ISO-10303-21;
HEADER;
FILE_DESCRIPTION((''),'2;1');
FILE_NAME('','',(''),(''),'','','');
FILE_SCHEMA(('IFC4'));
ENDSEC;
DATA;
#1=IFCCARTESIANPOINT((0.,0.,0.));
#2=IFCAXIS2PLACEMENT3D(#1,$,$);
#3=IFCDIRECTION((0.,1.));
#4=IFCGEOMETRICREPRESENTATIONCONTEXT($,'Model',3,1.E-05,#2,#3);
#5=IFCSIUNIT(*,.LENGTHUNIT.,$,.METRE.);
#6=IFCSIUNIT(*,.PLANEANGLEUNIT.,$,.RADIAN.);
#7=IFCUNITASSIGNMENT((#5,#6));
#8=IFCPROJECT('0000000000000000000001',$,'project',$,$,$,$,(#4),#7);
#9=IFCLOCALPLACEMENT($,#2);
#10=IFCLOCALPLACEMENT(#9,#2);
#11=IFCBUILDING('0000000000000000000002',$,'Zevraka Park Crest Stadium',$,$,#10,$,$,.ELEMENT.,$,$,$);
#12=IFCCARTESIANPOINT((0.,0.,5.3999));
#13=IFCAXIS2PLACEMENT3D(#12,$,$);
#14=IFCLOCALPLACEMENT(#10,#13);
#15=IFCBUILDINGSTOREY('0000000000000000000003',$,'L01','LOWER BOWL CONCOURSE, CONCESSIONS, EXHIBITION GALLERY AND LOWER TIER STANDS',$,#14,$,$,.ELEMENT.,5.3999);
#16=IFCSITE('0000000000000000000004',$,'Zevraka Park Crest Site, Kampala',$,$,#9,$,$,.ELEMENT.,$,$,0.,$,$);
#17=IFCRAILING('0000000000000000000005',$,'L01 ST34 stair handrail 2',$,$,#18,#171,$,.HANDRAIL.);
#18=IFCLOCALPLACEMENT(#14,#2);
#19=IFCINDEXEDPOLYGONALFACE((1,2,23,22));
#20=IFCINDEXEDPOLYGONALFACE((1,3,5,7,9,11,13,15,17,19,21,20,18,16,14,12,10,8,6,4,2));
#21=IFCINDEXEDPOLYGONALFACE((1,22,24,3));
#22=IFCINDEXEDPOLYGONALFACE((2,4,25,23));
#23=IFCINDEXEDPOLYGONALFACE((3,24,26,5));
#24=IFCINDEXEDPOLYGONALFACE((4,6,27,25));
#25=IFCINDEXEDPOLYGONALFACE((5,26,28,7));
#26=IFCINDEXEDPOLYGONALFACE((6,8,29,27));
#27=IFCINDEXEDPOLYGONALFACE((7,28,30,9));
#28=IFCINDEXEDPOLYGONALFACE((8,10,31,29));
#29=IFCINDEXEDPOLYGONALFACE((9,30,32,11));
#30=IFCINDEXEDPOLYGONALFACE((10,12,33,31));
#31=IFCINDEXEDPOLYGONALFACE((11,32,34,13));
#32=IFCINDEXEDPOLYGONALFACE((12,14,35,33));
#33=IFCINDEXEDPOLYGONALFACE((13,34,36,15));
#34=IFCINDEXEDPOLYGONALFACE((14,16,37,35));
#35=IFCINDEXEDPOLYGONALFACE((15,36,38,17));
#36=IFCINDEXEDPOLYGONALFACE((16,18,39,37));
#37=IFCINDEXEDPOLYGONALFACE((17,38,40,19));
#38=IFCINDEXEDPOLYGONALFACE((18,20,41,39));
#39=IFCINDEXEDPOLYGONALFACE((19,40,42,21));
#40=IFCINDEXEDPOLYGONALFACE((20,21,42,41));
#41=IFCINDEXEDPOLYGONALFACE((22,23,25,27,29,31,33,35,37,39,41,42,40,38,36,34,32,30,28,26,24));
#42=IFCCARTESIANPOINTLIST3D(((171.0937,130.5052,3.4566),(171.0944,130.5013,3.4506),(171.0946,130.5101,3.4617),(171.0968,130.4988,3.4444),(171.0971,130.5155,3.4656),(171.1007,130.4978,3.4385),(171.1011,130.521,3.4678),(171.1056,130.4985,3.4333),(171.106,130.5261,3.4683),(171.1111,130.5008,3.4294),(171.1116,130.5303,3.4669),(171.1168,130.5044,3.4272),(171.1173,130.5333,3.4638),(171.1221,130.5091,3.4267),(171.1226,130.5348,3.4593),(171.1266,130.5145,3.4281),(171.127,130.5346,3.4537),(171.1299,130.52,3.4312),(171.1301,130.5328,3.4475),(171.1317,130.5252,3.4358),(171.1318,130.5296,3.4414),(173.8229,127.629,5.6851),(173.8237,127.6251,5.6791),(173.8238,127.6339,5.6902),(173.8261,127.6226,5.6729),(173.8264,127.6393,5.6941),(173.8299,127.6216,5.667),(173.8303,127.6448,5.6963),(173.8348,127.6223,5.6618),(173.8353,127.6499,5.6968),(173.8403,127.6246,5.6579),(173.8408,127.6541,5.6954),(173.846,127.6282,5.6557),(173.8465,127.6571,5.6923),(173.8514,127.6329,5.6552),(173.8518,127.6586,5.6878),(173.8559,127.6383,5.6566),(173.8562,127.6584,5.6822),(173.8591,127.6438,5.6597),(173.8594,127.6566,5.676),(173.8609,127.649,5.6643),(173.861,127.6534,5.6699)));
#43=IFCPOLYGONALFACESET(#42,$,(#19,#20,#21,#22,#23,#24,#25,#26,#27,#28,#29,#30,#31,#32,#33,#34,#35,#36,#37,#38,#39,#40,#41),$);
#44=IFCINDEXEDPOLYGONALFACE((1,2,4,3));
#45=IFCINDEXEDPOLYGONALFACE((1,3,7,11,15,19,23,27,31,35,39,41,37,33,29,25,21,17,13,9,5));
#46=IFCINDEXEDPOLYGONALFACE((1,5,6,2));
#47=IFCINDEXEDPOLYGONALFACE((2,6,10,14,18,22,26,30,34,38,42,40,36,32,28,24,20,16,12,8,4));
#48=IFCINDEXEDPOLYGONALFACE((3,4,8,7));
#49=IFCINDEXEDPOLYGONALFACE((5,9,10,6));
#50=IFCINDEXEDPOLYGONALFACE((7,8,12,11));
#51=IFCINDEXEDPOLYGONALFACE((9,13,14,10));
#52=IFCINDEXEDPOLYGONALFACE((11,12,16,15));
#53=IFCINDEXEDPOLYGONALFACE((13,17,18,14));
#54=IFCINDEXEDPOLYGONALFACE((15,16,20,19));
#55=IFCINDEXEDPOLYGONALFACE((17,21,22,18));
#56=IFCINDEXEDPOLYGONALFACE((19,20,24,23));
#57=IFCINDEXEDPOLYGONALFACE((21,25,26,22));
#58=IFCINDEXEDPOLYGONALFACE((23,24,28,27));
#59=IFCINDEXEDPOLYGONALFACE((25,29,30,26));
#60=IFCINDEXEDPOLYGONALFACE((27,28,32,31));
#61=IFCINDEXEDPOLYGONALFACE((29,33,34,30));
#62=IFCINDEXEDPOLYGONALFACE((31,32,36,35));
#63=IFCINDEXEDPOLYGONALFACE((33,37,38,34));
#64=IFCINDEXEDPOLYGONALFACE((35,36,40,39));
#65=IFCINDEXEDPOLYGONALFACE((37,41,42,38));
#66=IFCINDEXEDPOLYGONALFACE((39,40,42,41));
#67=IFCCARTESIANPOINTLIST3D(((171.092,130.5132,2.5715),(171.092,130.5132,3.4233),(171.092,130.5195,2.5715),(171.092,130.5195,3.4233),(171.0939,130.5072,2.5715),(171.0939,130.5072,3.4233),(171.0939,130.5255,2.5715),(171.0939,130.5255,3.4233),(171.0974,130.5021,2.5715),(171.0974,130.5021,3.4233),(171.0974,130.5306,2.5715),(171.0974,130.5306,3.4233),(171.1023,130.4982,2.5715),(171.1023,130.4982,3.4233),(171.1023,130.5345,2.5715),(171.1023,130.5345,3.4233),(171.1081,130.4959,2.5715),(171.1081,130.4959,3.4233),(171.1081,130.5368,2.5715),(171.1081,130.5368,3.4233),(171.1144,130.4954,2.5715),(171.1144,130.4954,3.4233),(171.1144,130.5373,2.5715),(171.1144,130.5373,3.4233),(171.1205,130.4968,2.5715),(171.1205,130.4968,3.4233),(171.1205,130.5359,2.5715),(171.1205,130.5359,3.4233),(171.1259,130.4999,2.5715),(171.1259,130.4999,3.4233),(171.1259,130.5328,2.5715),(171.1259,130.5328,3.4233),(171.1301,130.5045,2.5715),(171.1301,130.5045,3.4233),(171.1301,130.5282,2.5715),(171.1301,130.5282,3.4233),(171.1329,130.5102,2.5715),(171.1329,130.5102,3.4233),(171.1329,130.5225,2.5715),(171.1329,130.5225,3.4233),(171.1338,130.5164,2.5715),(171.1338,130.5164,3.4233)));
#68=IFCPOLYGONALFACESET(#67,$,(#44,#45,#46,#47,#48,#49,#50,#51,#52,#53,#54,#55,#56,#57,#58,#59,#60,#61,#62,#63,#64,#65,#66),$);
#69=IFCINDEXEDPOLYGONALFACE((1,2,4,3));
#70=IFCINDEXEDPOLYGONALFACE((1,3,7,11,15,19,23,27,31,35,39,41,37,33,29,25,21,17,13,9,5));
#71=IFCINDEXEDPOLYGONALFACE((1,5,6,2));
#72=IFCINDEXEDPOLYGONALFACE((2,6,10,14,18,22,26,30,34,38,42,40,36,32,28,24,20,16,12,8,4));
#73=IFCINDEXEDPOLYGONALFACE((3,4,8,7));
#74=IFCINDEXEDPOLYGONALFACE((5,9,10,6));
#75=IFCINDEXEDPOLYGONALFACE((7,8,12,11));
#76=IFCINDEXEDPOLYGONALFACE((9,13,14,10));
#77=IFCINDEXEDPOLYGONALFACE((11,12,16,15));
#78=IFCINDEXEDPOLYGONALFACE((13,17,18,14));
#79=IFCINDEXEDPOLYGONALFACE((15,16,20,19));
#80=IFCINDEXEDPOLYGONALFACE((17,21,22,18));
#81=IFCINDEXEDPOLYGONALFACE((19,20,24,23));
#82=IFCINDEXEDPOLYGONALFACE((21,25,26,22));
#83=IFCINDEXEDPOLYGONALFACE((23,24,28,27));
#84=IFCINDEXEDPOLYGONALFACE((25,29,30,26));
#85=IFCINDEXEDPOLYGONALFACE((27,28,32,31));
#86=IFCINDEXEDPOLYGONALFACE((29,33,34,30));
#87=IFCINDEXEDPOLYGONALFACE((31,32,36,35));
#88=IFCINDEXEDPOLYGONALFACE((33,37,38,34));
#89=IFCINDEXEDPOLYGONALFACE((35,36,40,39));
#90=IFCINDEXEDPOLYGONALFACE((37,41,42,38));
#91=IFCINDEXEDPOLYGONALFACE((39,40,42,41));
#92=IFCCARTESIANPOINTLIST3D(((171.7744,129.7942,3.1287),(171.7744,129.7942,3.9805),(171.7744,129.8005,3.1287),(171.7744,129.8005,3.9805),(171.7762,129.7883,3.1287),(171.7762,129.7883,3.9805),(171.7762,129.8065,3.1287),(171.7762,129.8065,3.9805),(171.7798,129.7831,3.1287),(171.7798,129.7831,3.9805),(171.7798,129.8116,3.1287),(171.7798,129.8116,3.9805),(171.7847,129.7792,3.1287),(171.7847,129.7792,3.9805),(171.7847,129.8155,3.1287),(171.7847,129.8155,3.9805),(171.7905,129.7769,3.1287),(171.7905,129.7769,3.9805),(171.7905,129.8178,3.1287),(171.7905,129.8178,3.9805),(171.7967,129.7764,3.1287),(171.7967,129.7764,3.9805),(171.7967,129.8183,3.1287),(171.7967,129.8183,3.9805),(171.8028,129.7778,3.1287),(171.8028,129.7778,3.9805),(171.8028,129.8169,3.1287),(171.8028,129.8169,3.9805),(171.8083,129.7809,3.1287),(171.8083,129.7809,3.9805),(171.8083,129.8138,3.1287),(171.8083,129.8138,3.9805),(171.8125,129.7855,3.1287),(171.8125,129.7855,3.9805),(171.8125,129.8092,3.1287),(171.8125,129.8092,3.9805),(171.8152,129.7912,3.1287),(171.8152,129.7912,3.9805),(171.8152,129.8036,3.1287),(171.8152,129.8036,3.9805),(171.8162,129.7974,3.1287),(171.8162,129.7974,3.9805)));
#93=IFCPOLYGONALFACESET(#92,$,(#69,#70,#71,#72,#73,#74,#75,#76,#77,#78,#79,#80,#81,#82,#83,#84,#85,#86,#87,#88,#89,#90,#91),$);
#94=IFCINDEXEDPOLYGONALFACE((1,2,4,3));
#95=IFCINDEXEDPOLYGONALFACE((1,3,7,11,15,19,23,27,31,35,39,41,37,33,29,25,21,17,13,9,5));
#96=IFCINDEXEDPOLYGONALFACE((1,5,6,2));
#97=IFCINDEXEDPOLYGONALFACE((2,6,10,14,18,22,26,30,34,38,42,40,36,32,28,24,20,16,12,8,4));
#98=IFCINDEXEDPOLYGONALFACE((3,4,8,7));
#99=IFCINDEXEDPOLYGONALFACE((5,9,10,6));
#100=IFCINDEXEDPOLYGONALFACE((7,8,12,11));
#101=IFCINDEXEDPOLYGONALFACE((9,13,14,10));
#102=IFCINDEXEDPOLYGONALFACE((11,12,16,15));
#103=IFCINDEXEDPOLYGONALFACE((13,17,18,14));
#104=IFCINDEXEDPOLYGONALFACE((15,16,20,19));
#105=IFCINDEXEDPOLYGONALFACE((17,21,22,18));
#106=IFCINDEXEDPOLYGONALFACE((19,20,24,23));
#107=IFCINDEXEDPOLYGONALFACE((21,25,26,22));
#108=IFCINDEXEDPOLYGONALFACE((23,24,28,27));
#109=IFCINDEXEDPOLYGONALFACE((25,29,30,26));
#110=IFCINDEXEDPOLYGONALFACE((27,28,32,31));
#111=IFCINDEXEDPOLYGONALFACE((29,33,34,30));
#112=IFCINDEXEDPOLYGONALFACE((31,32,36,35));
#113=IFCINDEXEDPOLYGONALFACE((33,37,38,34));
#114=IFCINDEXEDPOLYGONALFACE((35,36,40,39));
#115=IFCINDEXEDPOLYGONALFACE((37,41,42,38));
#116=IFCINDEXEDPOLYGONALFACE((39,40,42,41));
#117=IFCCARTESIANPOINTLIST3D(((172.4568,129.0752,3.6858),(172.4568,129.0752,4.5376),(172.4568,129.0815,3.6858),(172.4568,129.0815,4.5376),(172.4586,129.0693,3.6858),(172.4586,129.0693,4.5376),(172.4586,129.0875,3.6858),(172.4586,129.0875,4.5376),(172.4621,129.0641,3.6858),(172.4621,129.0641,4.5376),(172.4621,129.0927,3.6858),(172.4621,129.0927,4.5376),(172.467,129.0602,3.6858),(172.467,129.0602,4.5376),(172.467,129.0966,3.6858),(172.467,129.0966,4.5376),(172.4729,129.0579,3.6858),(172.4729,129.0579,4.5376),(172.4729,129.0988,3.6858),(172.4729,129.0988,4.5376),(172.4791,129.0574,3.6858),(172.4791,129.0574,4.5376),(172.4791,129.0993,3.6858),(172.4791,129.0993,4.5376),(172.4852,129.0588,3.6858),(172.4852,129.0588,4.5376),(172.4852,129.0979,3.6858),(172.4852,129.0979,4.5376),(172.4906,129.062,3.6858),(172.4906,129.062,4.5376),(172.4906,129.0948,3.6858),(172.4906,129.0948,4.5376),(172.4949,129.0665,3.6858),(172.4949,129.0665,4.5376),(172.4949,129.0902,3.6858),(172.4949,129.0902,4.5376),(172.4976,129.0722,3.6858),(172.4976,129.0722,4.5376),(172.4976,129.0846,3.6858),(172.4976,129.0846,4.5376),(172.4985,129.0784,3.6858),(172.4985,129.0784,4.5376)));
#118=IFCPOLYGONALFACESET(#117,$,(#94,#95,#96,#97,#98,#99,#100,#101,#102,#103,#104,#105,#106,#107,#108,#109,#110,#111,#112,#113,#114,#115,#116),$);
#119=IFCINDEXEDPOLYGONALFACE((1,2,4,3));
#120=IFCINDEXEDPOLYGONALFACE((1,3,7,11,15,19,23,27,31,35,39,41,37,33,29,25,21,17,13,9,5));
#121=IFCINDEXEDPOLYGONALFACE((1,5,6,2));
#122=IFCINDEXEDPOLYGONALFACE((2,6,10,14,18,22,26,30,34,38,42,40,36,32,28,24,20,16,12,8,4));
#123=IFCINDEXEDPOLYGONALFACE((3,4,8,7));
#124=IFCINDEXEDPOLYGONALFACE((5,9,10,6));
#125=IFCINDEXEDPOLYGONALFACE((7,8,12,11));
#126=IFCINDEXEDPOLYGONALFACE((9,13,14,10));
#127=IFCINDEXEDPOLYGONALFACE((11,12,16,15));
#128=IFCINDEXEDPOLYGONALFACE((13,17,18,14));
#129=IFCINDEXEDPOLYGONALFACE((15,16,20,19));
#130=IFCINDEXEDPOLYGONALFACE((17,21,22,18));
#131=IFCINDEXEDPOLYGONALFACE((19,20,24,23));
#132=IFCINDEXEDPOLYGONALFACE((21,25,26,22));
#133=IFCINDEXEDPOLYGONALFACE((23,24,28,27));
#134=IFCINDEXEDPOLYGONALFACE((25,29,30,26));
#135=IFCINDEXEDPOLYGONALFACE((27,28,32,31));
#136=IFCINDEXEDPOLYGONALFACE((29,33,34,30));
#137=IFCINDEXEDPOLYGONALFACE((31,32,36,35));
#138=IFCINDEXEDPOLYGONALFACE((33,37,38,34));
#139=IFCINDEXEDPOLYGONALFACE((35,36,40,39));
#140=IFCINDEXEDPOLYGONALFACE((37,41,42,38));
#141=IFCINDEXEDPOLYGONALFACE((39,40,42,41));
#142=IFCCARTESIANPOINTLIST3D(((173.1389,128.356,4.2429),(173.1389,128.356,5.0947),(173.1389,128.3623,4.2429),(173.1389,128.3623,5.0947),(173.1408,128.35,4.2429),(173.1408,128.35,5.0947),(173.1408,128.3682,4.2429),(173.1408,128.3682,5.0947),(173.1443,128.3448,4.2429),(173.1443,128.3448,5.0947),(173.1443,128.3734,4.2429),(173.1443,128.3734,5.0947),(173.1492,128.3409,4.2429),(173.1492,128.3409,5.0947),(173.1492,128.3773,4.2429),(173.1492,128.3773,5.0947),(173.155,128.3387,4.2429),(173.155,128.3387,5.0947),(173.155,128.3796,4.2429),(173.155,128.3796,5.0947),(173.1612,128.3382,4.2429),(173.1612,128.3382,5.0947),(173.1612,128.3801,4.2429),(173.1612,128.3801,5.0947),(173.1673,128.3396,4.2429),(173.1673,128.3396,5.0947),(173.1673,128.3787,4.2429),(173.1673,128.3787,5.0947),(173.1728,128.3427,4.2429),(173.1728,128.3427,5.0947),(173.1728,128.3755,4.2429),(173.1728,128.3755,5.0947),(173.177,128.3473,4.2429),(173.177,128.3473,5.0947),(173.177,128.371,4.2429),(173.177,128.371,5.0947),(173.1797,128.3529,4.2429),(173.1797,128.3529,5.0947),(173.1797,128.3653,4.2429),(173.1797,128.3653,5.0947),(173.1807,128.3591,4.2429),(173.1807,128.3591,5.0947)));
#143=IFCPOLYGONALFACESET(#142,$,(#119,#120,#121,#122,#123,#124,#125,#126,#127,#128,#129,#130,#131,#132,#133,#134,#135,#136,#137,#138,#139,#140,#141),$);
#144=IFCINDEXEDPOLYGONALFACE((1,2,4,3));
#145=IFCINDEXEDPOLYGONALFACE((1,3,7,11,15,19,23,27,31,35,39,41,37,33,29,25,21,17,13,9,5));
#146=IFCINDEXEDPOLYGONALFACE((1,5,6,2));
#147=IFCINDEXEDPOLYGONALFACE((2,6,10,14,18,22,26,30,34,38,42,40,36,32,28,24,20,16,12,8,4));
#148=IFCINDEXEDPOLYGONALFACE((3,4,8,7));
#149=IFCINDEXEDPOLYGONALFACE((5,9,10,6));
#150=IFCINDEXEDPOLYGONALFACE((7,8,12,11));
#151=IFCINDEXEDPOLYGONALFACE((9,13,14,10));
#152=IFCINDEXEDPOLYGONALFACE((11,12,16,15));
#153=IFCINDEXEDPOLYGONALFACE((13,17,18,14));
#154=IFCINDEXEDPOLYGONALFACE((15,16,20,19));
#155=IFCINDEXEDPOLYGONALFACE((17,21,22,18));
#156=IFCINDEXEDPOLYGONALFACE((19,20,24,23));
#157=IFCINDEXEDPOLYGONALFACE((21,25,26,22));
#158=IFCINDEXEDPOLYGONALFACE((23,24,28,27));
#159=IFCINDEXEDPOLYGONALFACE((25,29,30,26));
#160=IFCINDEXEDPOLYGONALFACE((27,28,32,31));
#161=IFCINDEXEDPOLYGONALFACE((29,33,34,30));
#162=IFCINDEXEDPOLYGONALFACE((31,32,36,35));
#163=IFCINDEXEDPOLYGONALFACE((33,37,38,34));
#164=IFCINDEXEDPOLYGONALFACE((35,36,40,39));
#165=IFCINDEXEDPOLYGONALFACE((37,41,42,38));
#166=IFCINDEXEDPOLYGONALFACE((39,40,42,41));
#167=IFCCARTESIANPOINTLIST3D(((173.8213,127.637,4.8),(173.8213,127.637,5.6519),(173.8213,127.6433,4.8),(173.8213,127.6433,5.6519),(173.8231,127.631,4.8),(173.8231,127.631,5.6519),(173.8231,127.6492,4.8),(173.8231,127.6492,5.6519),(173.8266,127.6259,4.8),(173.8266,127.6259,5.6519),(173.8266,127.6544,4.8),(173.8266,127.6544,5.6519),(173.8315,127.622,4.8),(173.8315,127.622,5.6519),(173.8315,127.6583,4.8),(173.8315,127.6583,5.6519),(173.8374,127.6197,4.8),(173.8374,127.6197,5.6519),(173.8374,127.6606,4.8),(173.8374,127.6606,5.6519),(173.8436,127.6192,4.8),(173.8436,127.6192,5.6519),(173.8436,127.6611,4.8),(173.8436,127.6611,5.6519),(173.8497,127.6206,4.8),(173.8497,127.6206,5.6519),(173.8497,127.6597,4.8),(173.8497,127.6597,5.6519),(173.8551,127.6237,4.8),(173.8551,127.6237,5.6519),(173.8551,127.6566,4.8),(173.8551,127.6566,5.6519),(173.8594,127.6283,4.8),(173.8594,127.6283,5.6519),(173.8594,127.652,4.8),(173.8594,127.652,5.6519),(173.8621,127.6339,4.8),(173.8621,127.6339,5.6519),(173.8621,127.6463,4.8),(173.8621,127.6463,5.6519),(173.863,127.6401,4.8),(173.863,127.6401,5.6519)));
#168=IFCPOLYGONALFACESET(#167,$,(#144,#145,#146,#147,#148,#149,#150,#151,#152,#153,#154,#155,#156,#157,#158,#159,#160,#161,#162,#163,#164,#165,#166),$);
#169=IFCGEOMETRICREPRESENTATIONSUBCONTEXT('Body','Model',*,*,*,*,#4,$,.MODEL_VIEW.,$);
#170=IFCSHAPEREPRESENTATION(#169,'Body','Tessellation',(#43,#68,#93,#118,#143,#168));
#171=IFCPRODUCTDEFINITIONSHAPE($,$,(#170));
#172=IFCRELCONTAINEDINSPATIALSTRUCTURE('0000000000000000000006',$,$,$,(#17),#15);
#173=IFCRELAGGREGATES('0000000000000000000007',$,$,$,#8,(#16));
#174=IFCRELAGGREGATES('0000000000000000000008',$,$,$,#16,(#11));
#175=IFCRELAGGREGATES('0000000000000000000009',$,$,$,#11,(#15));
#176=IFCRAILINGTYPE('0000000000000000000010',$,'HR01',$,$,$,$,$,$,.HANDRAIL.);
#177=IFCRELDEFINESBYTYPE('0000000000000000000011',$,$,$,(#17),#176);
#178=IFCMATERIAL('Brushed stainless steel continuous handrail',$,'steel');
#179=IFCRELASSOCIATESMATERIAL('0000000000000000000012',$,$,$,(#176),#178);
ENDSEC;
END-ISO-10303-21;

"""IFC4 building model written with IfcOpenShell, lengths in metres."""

from ifc_helpers import new_model, si_unit, direction, frame, origin, origin_2d, place, context, subcontext, project, spatial, circle, extrude, material, type_object, element, save


model = new_model("IFC4")

# Units and contexts
model_context = context("Model", 3, precision=1e-05, world=origin(), true_north=direction((0.0, 1.0)))
body_context = subcontext(model_context, "Body", "Model", "MODEL_VIEW")
ifc_project = project(units=[si_unit("LENGTHUNIT", "METRE"), si_unit("PLANEANGLEUNIT", "RADIAN")], contexts=[model_context])

# Site, building, storey
site_placement = place(None, origin())
site = spatial("IfcSite", under=ifc_project, at=site_placement, Name="Zevraka Park Crest Site, Kampala", CompositionType="ELEMENT", RefElevation=0.0)
building_placement = place(site_placement, origin())
building = spatial("IfcBuilding", under=site, at=building_placement, Name="Zevraka Park Crest Stadium", CompositionType="ELEMENT")
storey_placement = place(building_placement, frame((0.0, 0.0, 5.3999)))
storey = spatial("IfcBuildingStorey", under=building, at=storey_placement, Name="L01", Description="LOWER BOWL CONCOURSE, CONCESSIONS, EXHIBITION GALLERY AND LOWER TIER STANDS", CompositionType="ELEMENT", Elevation=5.3999)

# Railing
ifc_material_1 = material(Name="Brushed stainless steel continuous handrail", Category="steel")
railing_type_1 = type_object("IfcRailingType", Name="HR01", PredefinedType="HANDRAIL", material=ifc_material_1)
railing_1_placement = place(storey_placement, frame((171.1128, 130.5164, 2.5715)))
element("IfcRailing", 1, at=railing_1_placement, inside=storey, type_object=railing_type_1, Name="L01 ST34 stair handrail 2", PredefinedType="HANDRAIL", context=body_context, shape_type="SweptSolid", body=[
    extrude(circle(Radius=0.0239, at=origin_2d()), frame((0.0, 0.0, 0.876), z_axis=(0.600049, -0.632362, 0.489959), x_axis=(0.725397, 0.68833, 0.0)), (0.0, 0.0, 1.0), 4.5483),
    extrude(circle(Radius=0.021, at=origin_2d()), origin(), (0.0, 0.0, 1.0), 0.8518),
    extrude(circle(Radius=0.021, at=origin_2d()), frame((0.6824, -0.719, 0.5571)), (0.0, 0.0, 1.0), 0.8518),
    extrude(circle(Radius=0.021, at=origin_2d()), frame((1.3647, -1.438, 1.1143)), (0.0, 0.0, 1.0), 0.8518),
    extrude(circle(Radius=0.021, at=origin_2d()), frame((2.0469, -2.1572, 1.6714)), (0.0, 0.0, 1.0), 0.8518),
    extrude(circle(Radius=0.021, at=origin_2d()), frame((2.7292, -2.8762, 2.2285)), (0.0, 0.0, 1.0), 0.8518),
])

save(model, "model.ifc")
